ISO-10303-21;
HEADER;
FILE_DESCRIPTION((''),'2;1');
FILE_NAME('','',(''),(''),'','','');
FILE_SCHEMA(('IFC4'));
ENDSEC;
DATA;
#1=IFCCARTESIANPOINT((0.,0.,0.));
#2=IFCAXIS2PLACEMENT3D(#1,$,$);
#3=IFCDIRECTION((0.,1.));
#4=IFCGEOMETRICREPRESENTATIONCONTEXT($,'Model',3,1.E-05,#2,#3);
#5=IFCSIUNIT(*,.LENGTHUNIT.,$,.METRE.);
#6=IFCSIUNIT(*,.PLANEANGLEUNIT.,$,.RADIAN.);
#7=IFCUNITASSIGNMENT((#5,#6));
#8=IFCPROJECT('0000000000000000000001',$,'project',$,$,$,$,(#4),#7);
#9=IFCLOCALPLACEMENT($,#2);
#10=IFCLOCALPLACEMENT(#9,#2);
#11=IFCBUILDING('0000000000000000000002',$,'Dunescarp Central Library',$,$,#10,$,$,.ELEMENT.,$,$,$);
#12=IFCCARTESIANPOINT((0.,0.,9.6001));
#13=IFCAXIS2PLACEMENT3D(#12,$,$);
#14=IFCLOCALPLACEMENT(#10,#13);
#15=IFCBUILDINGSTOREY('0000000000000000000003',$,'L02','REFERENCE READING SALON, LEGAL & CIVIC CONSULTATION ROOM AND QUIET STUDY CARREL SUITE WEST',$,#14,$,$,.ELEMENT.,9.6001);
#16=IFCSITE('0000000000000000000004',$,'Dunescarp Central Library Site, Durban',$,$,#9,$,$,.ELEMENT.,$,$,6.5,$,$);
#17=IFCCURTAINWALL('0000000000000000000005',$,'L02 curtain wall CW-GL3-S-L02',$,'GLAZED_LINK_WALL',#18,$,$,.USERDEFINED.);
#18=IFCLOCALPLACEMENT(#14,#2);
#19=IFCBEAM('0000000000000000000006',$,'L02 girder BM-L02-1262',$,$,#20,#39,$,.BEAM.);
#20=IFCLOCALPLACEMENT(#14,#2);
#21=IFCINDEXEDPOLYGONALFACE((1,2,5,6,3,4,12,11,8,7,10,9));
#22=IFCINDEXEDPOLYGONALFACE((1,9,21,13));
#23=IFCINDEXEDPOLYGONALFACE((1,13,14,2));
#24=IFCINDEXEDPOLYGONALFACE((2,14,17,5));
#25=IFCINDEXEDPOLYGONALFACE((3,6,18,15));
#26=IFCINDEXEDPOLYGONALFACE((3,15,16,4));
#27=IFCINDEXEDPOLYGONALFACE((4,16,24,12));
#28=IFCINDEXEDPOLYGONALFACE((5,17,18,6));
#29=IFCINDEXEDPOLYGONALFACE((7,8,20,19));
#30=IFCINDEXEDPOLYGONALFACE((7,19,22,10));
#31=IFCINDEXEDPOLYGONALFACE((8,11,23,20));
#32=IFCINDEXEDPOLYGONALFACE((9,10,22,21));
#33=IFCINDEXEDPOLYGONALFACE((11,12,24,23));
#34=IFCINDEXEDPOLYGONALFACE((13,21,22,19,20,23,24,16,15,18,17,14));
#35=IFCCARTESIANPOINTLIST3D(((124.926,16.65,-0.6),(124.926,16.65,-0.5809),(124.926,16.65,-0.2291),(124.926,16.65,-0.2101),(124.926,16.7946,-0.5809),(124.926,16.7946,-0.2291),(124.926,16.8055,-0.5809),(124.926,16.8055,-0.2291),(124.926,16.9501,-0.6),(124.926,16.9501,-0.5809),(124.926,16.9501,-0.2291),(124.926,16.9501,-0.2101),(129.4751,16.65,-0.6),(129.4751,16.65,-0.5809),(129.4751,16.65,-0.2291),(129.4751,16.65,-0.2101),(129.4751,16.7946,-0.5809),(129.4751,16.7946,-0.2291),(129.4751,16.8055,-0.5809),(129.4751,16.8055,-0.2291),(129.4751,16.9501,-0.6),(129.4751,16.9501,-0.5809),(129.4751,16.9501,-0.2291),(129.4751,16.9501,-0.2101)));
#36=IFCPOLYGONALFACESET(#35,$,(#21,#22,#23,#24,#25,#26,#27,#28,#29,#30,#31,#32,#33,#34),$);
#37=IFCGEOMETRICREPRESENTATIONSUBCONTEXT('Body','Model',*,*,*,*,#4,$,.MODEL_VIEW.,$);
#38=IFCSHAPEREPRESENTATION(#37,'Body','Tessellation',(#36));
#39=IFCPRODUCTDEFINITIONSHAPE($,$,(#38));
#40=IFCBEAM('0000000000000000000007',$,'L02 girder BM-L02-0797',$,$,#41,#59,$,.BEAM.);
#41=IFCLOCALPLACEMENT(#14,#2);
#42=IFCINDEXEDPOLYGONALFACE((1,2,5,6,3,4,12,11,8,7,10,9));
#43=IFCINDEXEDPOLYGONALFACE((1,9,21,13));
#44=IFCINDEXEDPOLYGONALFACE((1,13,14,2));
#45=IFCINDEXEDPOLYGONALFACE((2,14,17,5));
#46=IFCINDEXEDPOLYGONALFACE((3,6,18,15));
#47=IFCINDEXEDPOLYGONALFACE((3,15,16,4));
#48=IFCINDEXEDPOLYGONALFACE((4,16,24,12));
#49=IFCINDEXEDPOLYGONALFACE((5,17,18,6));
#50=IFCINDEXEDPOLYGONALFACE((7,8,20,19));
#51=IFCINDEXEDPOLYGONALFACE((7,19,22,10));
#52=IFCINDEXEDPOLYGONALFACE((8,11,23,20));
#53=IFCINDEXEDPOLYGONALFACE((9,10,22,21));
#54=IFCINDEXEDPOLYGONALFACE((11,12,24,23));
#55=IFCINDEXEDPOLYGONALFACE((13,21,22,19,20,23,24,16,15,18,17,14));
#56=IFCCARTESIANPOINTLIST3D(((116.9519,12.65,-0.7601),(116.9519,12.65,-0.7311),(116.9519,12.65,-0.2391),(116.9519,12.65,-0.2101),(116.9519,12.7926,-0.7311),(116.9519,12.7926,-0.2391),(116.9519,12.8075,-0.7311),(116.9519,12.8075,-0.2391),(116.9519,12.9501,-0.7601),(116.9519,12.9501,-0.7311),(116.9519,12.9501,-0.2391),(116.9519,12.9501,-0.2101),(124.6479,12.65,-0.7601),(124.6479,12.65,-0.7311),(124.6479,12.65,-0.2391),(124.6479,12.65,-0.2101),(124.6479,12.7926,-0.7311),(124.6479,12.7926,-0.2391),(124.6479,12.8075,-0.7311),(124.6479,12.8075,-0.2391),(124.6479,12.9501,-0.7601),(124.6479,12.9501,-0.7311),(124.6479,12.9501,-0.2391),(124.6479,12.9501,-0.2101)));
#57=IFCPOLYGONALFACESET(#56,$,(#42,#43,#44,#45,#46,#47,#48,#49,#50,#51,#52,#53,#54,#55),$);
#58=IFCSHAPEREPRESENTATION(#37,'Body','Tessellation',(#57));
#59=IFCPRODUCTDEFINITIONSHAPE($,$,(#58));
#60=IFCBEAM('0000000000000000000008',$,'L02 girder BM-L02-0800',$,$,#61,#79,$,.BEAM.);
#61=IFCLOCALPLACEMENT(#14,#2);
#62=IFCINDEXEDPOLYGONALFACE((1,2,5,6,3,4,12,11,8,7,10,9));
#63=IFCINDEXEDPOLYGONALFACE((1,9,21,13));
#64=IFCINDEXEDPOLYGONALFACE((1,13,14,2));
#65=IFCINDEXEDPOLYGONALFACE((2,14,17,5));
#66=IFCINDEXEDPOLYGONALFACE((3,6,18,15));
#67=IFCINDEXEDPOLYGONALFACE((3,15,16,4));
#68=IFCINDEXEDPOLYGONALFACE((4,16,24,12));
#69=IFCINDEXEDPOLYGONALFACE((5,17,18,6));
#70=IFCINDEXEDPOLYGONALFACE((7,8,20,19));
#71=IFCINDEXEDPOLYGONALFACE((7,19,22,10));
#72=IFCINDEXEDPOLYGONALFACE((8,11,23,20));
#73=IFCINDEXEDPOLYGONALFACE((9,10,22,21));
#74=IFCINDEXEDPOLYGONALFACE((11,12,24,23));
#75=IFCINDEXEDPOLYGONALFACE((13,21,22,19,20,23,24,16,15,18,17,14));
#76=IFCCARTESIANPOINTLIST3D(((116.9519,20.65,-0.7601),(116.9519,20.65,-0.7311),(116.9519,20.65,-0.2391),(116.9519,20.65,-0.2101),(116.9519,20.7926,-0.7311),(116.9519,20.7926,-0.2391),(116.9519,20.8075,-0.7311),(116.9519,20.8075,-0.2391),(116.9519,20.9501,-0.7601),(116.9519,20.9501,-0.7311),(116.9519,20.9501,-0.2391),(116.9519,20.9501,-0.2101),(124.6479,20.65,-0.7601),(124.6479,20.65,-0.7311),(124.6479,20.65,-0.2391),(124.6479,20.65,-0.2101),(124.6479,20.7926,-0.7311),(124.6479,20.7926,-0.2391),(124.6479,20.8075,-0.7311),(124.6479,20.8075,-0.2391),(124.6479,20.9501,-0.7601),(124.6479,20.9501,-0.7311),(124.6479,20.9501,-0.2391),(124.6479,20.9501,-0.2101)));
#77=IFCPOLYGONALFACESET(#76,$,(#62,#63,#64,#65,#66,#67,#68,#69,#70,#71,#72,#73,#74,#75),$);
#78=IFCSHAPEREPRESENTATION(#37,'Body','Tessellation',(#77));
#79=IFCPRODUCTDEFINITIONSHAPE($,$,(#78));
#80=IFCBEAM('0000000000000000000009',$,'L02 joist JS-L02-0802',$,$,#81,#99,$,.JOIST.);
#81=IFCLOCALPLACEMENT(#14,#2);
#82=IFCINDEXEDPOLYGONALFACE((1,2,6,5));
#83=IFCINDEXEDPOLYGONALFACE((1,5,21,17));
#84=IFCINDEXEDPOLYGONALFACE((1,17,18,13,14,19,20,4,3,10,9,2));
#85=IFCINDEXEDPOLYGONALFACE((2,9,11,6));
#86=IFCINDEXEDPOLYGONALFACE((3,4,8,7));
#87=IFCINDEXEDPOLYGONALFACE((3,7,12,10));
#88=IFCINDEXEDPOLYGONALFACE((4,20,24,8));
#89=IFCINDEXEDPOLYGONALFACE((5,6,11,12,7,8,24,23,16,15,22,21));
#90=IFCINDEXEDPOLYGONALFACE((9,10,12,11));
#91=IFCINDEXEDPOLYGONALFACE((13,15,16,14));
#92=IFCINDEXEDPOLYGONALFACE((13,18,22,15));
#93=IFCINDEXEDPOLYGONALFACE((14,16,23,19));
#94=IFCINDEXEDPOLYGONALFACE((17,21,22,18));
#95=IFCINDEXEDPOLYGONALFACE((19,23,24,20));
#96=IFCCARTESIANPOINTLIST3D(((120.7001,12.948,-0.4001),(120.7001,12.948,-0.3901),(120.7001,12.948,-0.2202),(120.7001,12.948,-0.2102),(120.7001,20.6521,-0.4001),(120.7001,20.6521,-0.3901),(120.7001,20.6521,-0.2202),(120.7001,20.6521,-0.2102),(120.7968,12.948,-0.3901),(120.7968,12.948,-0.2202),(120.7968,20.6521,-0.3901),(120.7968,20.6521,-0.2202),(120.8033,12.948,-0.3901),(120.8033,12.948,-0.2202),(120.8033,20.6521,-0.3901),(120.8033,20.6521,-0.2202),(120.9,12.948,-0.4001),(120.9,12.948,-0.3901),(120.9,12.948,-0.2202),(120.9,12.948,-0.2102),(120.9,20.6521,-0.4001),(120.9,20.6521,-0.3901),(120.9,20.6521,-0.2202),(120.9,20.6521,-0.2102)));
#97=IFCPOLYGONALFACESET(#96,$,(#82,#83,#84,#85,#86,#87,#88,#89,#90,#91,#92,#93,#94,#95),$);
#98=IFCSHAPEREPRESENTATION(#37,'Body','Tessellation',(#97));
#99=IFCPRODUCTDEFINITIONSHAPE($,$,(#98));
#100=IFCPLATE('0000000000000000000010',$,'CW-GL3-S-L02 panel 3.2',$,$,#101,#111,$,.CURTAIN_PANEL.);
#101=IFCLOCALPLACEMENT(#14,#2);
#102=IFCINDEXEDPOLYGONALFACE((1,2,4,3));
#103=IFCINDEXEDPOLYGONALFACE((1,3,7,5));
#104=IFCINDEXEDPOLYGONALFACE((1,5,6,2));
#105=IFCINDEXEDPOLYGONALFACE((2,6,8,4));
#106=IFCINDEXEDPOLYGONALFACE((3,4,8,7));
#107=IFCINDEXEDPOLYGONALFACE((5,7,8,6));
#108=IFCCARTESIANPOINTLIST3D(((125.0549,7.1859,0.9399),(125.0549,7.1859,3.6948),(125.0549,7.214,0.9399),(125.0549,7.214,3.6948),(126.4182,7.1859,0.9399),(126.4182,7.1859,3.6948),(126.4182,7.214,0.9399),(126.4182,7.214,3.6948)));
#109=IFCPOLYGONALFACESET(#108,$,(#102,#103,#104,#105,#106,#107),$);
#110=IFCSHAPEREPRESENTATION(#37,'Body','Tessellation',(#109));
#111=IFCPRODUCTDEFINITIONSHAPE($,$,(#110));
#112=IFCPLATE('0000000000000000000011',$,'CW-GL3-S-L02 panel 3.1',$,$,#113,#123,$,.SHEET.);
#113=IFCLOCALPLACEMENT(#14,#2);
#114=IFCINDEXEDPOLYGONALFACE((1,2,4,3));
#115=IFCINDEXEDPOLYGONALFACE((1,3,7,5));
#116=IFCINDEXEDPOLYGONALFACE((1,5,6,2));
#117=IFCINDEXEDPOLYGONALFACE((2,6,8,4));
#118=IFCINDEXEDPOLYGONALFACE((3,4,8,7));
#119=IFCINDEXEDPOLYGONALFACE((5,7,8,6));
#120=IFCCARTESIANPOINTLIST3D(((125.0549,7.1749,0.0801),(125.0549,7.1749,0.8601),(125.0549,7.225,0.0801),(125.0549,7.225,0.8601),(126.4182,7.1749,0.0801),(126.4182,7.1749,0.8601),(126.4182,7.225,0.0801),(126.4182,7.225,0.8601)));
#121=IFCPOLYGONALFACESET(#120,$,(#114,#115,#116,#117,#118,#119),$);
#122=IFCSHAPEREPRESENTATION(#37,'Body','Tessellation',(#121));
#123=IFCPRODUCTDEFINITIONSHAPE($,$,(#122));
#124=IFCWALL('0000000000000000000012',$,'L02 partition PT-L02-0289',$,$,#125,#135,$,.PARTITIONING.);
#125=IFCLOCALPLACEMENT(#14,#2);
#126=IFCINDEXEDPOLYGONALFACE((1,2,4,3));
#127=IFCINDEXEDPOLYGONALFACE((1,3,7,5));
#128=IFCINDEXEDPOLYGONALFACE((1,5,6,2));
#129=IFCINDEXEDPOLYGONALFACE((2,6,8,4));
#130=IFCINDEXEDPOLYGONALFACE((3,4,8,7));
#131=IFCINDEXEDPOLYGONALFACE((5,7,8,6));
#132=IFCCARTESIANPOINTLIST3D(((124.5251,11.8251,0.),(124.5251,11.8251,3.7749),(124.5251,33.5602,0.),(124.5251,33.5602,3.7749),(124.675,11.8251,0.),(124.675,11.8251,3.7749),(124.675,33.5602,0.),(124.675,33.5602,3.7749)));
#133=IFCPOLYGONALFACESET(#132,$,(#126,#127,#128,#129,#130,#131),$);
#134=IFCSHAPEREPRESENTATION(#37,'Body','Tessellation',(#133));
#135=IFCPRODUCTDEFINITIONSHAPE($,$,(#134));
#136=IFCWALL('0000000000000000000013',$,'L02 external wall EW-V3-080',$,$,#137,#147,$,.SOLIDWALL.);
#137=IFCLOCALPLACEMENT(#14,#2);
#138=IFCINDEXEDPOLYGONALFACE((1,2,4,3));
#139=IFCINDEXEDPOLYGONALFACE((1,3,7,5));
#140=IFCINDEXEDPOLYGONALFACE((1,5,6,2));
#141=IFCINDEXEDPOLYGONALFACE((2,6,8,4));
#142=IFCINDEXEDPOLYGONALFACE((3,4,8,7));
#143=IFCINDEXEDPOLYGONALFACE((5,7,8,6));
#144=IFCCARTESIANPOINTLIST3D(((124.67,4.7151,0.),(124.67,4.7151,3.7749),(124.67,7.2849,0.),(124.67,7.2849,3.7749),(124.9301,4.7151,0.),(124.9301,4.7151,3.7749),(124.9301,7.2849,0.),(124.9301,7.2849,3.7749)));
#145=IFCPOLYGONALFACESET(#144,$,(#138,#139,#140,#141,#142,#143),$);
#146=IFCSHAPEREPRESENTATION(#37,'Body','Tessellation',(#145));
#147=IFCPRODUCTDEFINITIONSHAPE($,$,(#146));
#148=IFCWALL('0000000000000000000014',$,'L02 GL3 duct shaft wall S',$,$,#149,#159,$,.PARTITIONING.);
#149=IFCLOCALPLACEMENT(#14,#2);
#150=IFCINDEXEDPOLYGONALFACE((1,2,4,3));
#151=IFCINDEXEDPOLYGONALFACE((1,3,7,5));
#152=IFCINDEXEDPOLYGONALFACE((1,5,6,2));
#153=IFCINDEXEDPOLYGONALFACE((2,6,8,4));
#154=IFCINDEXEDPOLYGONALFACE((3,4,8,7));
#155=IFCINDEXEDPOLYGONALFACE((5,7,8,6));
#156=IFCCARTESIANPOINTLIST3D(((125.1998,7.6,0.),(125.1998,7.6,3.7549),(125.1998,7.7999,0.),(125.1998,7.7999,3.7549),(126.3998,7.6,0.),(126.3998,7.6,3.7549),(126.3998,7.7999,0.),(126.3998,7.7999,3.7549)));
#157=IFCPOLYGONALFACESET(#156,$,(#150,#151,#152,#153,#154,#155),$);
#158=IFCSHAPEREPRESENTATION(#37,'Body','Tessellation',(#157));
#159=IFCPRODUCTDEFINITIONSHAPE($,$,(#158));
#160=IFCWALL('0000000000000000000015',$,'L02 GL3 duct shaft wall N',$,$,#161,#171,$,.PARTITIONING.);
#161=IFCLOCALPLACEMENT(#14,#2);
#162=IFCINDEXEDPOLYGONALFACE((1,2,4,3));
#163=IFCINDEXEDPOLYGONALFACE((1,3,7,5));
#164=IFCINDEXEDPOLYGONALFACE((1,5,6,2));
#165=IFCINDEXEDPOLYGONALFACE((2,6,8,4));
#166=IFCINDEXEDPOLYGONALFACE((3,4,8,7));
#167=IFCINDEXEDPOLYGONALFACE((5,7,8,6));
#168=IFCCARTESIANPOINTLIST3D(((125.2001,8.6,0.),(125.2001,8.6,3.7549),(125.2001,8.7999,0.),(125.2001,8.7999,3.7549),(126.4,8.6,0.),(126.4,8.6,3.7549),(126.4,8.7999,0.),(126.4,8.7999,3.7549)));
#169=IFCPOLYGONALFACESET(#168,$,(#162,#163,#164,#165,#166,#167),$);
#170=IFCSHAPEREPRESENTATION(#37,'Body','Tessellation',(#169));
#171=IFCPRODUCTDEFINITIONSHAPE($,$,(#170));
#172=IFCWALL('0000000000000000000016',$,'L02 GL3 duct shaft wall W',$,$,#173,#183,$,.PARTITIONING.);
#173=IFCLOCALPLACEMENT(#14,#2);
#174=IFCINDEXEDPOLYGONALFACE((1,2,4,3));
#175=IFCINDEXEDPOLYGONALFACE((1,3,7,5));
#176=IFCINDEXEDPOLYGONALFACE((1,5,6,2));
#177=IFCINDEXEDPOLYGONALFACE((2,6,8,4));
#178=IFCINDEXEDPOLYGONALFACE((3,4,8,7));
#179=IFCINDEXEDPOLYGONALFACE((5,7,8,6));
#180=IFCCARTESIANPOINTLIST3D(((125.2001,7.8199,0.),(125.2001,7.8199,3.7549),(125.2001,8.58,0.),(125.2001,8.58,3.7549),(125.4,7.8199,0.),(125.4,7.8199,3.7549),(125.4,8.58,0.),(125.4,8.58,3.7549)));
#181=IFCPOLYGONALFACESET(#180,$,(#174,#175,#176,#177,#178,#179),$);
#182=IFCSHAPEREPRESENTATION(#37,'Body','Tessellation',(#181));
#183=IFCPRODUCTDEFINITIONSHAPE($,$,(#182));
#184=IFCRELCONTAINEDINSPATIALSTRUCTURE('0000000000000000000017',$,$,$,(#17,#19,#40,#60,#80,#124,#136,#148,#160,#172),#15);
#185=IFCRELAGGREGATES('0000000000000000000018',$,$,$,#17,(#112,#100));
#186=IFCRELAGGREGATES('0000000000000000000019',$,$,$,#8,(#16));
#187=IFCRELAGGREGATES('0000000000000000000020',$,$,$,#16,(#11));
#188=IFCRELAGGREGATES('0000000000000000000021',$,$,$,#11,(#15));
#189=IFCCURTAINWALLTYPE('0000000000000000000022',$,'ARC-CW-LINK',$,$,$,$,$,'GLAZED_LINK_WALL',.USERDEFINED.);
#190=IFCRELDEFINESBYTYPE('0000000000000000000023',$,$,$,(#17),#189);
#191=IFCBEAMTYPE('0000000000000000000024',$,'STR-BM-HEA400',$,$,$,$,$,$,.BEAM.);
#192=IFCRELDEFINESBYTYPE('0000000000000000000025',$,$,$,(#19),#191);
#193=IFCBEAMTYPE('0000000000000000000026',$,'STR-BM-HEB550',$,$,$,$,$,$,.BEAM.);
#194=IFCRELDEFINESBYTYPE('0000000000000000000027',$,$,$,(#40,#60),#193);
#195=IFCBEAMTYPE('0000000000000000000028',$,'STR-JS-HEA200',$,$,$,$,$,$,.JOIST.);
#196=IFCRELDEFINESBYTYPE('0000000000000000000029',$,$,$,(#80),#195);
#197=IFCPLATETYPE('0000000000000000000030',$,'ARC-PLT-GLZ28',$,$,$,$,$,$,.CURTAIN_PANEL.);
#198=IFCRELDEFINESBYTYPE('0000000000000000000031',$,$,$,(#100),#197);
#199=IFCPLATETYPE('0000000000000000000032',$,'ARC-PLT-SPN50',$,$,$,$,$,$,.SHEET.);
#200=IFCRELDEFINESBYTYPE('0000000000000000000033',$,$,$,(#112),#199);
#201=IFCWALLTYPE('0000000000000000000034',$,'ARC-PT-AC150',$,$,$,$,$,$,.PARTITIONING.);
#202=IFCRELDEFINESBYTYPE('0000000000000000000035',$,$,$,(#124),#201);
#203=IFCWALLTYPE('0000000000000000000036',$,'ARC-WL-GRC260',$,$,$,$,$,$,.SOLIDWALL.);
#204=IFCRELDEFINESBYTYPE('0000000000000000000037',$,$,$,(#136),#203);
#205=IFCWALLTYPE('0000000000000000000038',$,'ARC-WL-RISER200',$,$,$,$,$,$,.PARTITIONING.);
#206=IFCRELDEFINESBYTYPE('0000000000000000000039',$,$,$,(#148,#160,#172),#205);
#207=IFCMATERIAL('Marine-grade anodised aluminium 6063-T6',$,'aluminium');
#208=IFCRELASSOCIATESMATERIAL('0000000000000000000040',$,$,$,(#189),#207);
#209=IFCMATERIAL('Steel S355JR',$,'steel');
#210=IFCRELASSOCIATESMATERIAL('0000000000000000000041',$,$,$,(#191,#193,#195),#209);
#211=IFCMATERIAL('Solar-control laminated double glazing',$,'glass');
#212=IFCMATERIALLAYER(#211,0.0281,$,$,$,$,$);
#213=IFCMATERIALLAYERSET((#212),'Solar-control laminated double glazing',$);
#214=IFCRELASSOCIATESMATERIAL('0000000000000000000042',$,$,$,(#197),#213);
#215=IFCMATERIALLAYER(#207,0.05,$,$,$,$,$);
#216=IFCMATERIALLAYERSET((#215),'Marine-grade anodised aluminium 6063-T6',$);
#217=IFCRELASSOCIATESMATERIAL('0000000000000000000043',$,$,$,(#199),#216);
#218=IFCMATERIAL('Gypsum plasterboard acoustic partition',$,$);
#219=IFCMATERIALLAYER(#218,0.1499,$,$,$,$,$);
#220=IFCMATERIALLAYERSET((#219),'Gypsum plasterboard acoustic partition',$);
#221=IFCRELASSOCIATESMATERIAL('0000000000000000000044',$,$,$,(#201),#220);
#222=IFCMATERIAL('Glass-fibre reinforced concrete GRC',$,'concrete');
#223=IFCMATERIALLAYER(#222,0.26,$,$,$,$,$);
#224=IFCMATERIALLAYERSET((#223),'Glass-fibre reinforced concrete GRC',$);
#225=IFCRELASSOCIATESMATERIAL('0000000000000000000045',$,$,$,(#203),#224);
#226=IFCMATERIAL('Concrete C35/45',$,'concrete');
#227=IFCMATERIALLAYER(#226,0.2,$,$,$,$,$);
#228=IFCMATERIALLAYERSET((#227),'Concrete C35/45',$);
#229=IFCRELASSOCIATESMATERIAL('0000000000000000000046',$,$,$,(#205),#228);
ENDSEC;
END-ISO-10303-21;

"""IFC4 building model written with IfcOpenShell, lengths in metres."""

from ifc_helpers import new_model, si_unit, direction, frame, frame_2d, origin, origin_2d, place, context, subcontext, project, spatial, rectangle, i_section, extrude, material, layer, layer_set, material_profile, profile_set, type_object, element, aggregate, save


model = new_model("IFC4")

# Units and contexts
model_context = context("Model", 3, precision=1e-05, world=origin(), true_north=direction((0.0, 1.0)))
body_context = subcontext(model_context, "Body", "Model", "MODEL_VIEW")
ifc_project = project(units=[si_unit("LENGTHUNIT", "METRE"), si_unit("PLANEANGLEUNIT", "RADIAN")], contexts=[model_context])

# Site, building, storey
site_placement = place(None, origin())
site = spatial("IfcSite", under=ifc_project, at=site_placement, Name="Dunescarp Central Library Site, Durban", CompositionType="ELEMENT", RefElevation=6.5)
building_placement = place(site_placement, origin())
building = spatial("IfcBuilding", under=site, at=building_placement, Name="Dunescarp Central Library", CompositionType="ELEMENT")
storey_placement = place(building_placement, frame((0.0, 0.0, 9.6001)))
storey = spatial("IfcBuildingStorey", under=building, at=storey_placement, Name="L02", Description="REFERENCE READING SALON, LEGAL & CIVIC CONSULTATION ROOM AND QUIET STUDY CARREL SUITE WEST", CompositionType="ELEMENT", Elevation=9.6001)

# Shared definitions
ifc_material_1 = material(Name="Steel S355JR", Category="steel")

# Curtain wall
ifc_material_2 = material(Name="Marine-grade anodised aluminium 6063-T6", Category="aluminium")
curtain_wall_type = type_object("IfcCurtainWallType", Name="ARC-CW-LINK", ElementType="GLAZED_LINK_WALL", PredefinedType="USERDEFINED", material=ifc_material_2)
curtain_wall_placement = place(storey_placement, origin())
curtain_wall = element("IfcCurtainWall", 1, at=curtain_wall_placement, inside=storey, type_object=curtain_wall_type, Name="L02 curtain wall CW-GL3-S-L02", ObjectType="GLAZED_LINK_WALL", PredefinedType="USERDEFINED")

# Beams
ifc_material_profile_1 = material_profile(ifc_material_1, i_section(OverallWidth=0.3, OverallDepth=0.3899, WebThickness=0.011, FlangeThickness=0.019, at=origin_2d()), Name="HEA 400")
ifc_profile_set_1 = profile_set([ifc_material_profile_1], Name="Steel S355JR")
beam_type_1 = type_object("IfcBeamType", Name="STR-BM-HEA400", PredefinedType="BEAM", material=ifc_profile_set_1)
beam_1_placement = place(storey_placement, frame((124.926, 16.8, -0.405), z_axis=(1.0, 0.0, 0.0), x_axis=(0.0, 1.0, 0.0)))
element("IfcBeam", 2, at=beam_1_placement, inside=storey, type_object=beam_type_1, Name="L02 girder BM-L02-1262", PredefinedType="BEAM", context=body_context, shape_type="SweptSolid", body=[
    extrude(i_section(OverallWidth=0.3, OverallDepth=0.3899, WebThickness=0.011, FlangeThickness=0.019, at=origin_2d()), origin(), (0.0, 0.0, 1.0), 4.5491),
])
ifc_material_profile_2 = material_profile(ifc_material_1, i_section(OverallWidth=0.3, OverallDepth=0.55, WebThickness=0.0149, FlangeThickness=0.0291, at=origin_2d()), Name="HEB 550")
ifc_profile_set_2 = profile_set([ifc_material_profile_2], Name="Steel S355JR")
beam_type_2 = type_object("IfcBeamType", Name="STR-BM-HEB550", PredefinedType="BEAM", material=ifc_profile_set_2)
for number, where, z_axis, x_axis, name in (
    (3, (116.9519, 12.8, -0.4851), (1.0, 0.0, 0.0), (0.0, 1.0, 0.0), "L02 girder BM-L02-0797"),
    (4, (116.9519, 20.8, -0.4851), (1.0, 0.0, 0.0), (0.0, 1.0, 0.0), "L02 girder BM-L02-0800"),
):
    element("IfcBeam", number, at=place(storey_placement, frame(where, z_axis=z_axis, x_axis=x_axis)), inside=storey, type_object=beam_type_2, Name=name, PredefinedType="BEAM", context=body_context, shape_type="SweptSolid", body=[
        extrude(i_section(OverallWidth=0.3, OverallDepth=0.55, WebThickness=0.0149, FlangeThickness=0.0291, at=origin_2d()), origin(), (0.0, 0.0, 1.0), 7.696),
    ])
ifc_material_profile_3 = material_profile(ifc_material_1, i_section(OverallWidth=0.2, OverallDepth=0.1899, WebThickness=0.0066, FlangeThickness=0.01, at=origin_2d()), Name="HEA 200")
ifc_profile_set_3 = profile_set([ifc_material_profile_3], Name="Steel S355JR")
beam_type_3 = type_object("IfcBeamType", Name="STR-JS-HEA200", PredefinedType="JOIST", material=ifc_profile_set_3)
beam_2_placement = place(storey_placement, frame((120.8, 12.948, -0.3052), z_axis=(0.0, 1.0, 0.0), x_axis=(-1.0, 0.0, 0.0)))
element("IfcBeam", 5, at=beam_2_placement, inside=storey, type_object=beam_type_3, Name="L02 joist JS-L02-0802", PredefinedType="JOIST", context=body_context, shape_type="SweptSolid", body=[
    extrude(i_section(OverallWidth=0.2, OverallDepth=0.1899, WebThickness=0.0066, FlangeThickness=0.01, at=origin_2d()), origin(), (0.0, 0.0, 1.0), 7.7041),
])

# Plates
ifc_material_3 = material(Name="Solar-control laminated double glazing", Category="glass")
ifc_layer_1 = layer(ifc_material_3, 0.0281)
ifc_layer_set_1 = layer_set([ifc_layer_1], Name="Solar-control laminated double glazing")
plate_type_1 = type_object("IfcPlateType", Name="ARC-PLT-GLZ28", PredefinedType="CURTAIN_PANEL", material=ifc_layer_set_1)
plate_1_placement = place(storey_placement, frame((125.7366, 7.2, 0.9399), z_axis=(0.0, 0.0, 1.0), x_axis=(-1.0, 0.0, 0.0)))
plate_1 = element("IfcPlate", 6, at=plate_1_placement, type_object=plate_type_1, Name="CW-GL3-S-L02 panel 3.2", PredefinedType="CURTAIN_PANEL", context=body_context, shape_type="SweptSolid", body=[
    extrude(rectangle(XDim=1.3633, YDim=0.0281, at=origin_2d()), origin(), (0.0, 0.0, 1.0), 2.7549),
])
ifc_layer_2 = layer(ifc_material_2, 0.05)
ifc_layer_set_2 = layer_set([ifc_layer_2], Name="Marine-grade anodised aluminium 6063-T6")
plate_type_2 = type_object("IfcPlateType", Name="ARC-PLT-SPN50", PredefinedType="SHEET", material=ifc_layer_set_2)
plate_2_placement = place(storey_placement, frame((125.7366, 7.2, 0.0801), z_axis=(0.0, 0.0, 1.0), x_axis=(-1.0, 0.0, 0.0)))
plate_2 = element("IfcPlate", 7, at=plate_2_placement, type_object=plate_type_2, Name="CW-GL3-S-L02 panel 3.1", PredefinedType="SHEET", context=body_context, shape_type="SweptSolid", body=[
    extrude(rectangle(XDim=1.3633, YDim=0.05, at=origin_2d()), origin(), (0.0, 0.0, 1.0), 0.78),
])
aggregate(curtain_wall, [plate_2, plate_1])

# Walls
ifc_material_4 = material(Name="Gypsum plasterboard acoustic partition")
ifc_layer_3 = layer(ifc_material_4, 0.1499)
ifc_layer_set_3 = layer_set([ifc_layer_3], Name="Gypsum plasterboard acoustic partition")
wall_type_1 = type_object("IfcWallType", Name="ARC-PT-AC150", PredefinedType="PARTITIONING", material=ifc_layer_set_3)
wall_1_placement = place(storey_placement, frame((124.6001, 11.825, 0.0), z_axis=(0.0, 0.0, 1.0), x_axis=(0.0, 1.0, 0.0)))
element("IfcWall", 8, at=wall_1_placement, inside=storey, type_object=wall_type_1, Name="L02 partition PT-L02-0289", PredefinedType="PARTITIONING", context=body_context, shape_type="SweptSolid", body=[
    extrude(rectangle(XDim=21.7351, YDim=0.1499, at=frame_2d((10.8677, 0.0))), origin(), (0.0, 0.0, 1.0), 3.7749),
])
ifc_material_5 = material(Name="Glass-fibre reinforced concrete GRC", Category="concrete")
ifc_layer_4 = layer(ifc_material_5, 0.26)
ifc_layer_set_4 = layer_set([ifc_layer_4], Name="Glass-fibre reinforced concrete GRC")
wall_type_2 = type_object("IfcWallType", Name="ARC-WL-GRC260", PredefinedType="SOLIDWALL", material=ifc_layer_set_4)
wall_2_placement = place(storey_placement, frame((124.8, 7.2849, 0.0), z_axis=(0.0, 0.0, 1.0), x_axis=(0.0, -1.0, 0.0)))
element("IfcWall", 9, at=wall_2_placement, inside=storey, type_object=wall_type_2, Name="L02 external wall EW-V3-080", PredefinedType="SOLIDWALL", context=body_context, shape_type="SweptSolid", body=[
    extrude(rectangle(XDim=2.5698, YDim=0.26, at=frame_2d((1.2849, 0.0))), origin(), (0.0, 0.0, 1.0), 3.7749),
])
ifc_material_6 = material(Name="Concrete C35/45", Category="concrete")
ifc_layer_5 = layer(ifc_material_6, 0.2)
ifc_layer_set_5 = layer_set([ifc_layer_5], Name="Concrete C35/45")
wall_type_3 = type_object("IfcWallType", Name="ARC-WL-RISER200", PredefinedType="PARTITIONING", material=ifc_layer_set_5)
for number, where, z_axis, x_axis, name in (
    (10, (126.3999, 7.7, 0.0), (0.0, 0.0, 1.0), (-1.0, 0.0, 0.0), "L02 GL3 duct shaft wall S"),
    (11, (125.2, 8.7, 0.0), (0.0, 0.0, 1.0), (1.0, 0.0, 0.0), "L02 GL3 duct shaft wall N"),
):
    element("IfcWall", number, at=place(storey_placement, frame(where, z_axis=z_axis, x_axis=x_axis)), inside=storey, type_object=wall_type_3, Name=name, PredefinedType="PARTITIONING", context=body_context, shape_type="SweptSolid", body=[
        extrude(rectangle(XDim=1.2, YDim=0.2, at=frame_2d((0.6001, 0.0))), origin(), (0.0, 0.0, 1.0), 3.7549),
    ])
for number, where, z_axis, x_axis, name in (
    (12, (125.3, 7.8201, 0.0), (0.0, 0.0, 1.0), (0.0, 1.0, 0.0), "L02 GL3 duct shaft wall W"),
):
    element("IfcWall", number, at=place(storey_placement, frame(where, z_axis=z_axis, x_axis=x_axis)), inside=storey, type_object=wall_type_3, Name=name, PredefinedType="PARTITIONING", context=body_context, shape_type="SweptSolid", body=[
        extrude(rectangle(XDim=0.76, YDim=0.2, at=frame_2d((0.3799, 0.0))), origin(), (0.0, 0.0, 1.0), 3.7549),
    ])

save(model, "model.ifc")
